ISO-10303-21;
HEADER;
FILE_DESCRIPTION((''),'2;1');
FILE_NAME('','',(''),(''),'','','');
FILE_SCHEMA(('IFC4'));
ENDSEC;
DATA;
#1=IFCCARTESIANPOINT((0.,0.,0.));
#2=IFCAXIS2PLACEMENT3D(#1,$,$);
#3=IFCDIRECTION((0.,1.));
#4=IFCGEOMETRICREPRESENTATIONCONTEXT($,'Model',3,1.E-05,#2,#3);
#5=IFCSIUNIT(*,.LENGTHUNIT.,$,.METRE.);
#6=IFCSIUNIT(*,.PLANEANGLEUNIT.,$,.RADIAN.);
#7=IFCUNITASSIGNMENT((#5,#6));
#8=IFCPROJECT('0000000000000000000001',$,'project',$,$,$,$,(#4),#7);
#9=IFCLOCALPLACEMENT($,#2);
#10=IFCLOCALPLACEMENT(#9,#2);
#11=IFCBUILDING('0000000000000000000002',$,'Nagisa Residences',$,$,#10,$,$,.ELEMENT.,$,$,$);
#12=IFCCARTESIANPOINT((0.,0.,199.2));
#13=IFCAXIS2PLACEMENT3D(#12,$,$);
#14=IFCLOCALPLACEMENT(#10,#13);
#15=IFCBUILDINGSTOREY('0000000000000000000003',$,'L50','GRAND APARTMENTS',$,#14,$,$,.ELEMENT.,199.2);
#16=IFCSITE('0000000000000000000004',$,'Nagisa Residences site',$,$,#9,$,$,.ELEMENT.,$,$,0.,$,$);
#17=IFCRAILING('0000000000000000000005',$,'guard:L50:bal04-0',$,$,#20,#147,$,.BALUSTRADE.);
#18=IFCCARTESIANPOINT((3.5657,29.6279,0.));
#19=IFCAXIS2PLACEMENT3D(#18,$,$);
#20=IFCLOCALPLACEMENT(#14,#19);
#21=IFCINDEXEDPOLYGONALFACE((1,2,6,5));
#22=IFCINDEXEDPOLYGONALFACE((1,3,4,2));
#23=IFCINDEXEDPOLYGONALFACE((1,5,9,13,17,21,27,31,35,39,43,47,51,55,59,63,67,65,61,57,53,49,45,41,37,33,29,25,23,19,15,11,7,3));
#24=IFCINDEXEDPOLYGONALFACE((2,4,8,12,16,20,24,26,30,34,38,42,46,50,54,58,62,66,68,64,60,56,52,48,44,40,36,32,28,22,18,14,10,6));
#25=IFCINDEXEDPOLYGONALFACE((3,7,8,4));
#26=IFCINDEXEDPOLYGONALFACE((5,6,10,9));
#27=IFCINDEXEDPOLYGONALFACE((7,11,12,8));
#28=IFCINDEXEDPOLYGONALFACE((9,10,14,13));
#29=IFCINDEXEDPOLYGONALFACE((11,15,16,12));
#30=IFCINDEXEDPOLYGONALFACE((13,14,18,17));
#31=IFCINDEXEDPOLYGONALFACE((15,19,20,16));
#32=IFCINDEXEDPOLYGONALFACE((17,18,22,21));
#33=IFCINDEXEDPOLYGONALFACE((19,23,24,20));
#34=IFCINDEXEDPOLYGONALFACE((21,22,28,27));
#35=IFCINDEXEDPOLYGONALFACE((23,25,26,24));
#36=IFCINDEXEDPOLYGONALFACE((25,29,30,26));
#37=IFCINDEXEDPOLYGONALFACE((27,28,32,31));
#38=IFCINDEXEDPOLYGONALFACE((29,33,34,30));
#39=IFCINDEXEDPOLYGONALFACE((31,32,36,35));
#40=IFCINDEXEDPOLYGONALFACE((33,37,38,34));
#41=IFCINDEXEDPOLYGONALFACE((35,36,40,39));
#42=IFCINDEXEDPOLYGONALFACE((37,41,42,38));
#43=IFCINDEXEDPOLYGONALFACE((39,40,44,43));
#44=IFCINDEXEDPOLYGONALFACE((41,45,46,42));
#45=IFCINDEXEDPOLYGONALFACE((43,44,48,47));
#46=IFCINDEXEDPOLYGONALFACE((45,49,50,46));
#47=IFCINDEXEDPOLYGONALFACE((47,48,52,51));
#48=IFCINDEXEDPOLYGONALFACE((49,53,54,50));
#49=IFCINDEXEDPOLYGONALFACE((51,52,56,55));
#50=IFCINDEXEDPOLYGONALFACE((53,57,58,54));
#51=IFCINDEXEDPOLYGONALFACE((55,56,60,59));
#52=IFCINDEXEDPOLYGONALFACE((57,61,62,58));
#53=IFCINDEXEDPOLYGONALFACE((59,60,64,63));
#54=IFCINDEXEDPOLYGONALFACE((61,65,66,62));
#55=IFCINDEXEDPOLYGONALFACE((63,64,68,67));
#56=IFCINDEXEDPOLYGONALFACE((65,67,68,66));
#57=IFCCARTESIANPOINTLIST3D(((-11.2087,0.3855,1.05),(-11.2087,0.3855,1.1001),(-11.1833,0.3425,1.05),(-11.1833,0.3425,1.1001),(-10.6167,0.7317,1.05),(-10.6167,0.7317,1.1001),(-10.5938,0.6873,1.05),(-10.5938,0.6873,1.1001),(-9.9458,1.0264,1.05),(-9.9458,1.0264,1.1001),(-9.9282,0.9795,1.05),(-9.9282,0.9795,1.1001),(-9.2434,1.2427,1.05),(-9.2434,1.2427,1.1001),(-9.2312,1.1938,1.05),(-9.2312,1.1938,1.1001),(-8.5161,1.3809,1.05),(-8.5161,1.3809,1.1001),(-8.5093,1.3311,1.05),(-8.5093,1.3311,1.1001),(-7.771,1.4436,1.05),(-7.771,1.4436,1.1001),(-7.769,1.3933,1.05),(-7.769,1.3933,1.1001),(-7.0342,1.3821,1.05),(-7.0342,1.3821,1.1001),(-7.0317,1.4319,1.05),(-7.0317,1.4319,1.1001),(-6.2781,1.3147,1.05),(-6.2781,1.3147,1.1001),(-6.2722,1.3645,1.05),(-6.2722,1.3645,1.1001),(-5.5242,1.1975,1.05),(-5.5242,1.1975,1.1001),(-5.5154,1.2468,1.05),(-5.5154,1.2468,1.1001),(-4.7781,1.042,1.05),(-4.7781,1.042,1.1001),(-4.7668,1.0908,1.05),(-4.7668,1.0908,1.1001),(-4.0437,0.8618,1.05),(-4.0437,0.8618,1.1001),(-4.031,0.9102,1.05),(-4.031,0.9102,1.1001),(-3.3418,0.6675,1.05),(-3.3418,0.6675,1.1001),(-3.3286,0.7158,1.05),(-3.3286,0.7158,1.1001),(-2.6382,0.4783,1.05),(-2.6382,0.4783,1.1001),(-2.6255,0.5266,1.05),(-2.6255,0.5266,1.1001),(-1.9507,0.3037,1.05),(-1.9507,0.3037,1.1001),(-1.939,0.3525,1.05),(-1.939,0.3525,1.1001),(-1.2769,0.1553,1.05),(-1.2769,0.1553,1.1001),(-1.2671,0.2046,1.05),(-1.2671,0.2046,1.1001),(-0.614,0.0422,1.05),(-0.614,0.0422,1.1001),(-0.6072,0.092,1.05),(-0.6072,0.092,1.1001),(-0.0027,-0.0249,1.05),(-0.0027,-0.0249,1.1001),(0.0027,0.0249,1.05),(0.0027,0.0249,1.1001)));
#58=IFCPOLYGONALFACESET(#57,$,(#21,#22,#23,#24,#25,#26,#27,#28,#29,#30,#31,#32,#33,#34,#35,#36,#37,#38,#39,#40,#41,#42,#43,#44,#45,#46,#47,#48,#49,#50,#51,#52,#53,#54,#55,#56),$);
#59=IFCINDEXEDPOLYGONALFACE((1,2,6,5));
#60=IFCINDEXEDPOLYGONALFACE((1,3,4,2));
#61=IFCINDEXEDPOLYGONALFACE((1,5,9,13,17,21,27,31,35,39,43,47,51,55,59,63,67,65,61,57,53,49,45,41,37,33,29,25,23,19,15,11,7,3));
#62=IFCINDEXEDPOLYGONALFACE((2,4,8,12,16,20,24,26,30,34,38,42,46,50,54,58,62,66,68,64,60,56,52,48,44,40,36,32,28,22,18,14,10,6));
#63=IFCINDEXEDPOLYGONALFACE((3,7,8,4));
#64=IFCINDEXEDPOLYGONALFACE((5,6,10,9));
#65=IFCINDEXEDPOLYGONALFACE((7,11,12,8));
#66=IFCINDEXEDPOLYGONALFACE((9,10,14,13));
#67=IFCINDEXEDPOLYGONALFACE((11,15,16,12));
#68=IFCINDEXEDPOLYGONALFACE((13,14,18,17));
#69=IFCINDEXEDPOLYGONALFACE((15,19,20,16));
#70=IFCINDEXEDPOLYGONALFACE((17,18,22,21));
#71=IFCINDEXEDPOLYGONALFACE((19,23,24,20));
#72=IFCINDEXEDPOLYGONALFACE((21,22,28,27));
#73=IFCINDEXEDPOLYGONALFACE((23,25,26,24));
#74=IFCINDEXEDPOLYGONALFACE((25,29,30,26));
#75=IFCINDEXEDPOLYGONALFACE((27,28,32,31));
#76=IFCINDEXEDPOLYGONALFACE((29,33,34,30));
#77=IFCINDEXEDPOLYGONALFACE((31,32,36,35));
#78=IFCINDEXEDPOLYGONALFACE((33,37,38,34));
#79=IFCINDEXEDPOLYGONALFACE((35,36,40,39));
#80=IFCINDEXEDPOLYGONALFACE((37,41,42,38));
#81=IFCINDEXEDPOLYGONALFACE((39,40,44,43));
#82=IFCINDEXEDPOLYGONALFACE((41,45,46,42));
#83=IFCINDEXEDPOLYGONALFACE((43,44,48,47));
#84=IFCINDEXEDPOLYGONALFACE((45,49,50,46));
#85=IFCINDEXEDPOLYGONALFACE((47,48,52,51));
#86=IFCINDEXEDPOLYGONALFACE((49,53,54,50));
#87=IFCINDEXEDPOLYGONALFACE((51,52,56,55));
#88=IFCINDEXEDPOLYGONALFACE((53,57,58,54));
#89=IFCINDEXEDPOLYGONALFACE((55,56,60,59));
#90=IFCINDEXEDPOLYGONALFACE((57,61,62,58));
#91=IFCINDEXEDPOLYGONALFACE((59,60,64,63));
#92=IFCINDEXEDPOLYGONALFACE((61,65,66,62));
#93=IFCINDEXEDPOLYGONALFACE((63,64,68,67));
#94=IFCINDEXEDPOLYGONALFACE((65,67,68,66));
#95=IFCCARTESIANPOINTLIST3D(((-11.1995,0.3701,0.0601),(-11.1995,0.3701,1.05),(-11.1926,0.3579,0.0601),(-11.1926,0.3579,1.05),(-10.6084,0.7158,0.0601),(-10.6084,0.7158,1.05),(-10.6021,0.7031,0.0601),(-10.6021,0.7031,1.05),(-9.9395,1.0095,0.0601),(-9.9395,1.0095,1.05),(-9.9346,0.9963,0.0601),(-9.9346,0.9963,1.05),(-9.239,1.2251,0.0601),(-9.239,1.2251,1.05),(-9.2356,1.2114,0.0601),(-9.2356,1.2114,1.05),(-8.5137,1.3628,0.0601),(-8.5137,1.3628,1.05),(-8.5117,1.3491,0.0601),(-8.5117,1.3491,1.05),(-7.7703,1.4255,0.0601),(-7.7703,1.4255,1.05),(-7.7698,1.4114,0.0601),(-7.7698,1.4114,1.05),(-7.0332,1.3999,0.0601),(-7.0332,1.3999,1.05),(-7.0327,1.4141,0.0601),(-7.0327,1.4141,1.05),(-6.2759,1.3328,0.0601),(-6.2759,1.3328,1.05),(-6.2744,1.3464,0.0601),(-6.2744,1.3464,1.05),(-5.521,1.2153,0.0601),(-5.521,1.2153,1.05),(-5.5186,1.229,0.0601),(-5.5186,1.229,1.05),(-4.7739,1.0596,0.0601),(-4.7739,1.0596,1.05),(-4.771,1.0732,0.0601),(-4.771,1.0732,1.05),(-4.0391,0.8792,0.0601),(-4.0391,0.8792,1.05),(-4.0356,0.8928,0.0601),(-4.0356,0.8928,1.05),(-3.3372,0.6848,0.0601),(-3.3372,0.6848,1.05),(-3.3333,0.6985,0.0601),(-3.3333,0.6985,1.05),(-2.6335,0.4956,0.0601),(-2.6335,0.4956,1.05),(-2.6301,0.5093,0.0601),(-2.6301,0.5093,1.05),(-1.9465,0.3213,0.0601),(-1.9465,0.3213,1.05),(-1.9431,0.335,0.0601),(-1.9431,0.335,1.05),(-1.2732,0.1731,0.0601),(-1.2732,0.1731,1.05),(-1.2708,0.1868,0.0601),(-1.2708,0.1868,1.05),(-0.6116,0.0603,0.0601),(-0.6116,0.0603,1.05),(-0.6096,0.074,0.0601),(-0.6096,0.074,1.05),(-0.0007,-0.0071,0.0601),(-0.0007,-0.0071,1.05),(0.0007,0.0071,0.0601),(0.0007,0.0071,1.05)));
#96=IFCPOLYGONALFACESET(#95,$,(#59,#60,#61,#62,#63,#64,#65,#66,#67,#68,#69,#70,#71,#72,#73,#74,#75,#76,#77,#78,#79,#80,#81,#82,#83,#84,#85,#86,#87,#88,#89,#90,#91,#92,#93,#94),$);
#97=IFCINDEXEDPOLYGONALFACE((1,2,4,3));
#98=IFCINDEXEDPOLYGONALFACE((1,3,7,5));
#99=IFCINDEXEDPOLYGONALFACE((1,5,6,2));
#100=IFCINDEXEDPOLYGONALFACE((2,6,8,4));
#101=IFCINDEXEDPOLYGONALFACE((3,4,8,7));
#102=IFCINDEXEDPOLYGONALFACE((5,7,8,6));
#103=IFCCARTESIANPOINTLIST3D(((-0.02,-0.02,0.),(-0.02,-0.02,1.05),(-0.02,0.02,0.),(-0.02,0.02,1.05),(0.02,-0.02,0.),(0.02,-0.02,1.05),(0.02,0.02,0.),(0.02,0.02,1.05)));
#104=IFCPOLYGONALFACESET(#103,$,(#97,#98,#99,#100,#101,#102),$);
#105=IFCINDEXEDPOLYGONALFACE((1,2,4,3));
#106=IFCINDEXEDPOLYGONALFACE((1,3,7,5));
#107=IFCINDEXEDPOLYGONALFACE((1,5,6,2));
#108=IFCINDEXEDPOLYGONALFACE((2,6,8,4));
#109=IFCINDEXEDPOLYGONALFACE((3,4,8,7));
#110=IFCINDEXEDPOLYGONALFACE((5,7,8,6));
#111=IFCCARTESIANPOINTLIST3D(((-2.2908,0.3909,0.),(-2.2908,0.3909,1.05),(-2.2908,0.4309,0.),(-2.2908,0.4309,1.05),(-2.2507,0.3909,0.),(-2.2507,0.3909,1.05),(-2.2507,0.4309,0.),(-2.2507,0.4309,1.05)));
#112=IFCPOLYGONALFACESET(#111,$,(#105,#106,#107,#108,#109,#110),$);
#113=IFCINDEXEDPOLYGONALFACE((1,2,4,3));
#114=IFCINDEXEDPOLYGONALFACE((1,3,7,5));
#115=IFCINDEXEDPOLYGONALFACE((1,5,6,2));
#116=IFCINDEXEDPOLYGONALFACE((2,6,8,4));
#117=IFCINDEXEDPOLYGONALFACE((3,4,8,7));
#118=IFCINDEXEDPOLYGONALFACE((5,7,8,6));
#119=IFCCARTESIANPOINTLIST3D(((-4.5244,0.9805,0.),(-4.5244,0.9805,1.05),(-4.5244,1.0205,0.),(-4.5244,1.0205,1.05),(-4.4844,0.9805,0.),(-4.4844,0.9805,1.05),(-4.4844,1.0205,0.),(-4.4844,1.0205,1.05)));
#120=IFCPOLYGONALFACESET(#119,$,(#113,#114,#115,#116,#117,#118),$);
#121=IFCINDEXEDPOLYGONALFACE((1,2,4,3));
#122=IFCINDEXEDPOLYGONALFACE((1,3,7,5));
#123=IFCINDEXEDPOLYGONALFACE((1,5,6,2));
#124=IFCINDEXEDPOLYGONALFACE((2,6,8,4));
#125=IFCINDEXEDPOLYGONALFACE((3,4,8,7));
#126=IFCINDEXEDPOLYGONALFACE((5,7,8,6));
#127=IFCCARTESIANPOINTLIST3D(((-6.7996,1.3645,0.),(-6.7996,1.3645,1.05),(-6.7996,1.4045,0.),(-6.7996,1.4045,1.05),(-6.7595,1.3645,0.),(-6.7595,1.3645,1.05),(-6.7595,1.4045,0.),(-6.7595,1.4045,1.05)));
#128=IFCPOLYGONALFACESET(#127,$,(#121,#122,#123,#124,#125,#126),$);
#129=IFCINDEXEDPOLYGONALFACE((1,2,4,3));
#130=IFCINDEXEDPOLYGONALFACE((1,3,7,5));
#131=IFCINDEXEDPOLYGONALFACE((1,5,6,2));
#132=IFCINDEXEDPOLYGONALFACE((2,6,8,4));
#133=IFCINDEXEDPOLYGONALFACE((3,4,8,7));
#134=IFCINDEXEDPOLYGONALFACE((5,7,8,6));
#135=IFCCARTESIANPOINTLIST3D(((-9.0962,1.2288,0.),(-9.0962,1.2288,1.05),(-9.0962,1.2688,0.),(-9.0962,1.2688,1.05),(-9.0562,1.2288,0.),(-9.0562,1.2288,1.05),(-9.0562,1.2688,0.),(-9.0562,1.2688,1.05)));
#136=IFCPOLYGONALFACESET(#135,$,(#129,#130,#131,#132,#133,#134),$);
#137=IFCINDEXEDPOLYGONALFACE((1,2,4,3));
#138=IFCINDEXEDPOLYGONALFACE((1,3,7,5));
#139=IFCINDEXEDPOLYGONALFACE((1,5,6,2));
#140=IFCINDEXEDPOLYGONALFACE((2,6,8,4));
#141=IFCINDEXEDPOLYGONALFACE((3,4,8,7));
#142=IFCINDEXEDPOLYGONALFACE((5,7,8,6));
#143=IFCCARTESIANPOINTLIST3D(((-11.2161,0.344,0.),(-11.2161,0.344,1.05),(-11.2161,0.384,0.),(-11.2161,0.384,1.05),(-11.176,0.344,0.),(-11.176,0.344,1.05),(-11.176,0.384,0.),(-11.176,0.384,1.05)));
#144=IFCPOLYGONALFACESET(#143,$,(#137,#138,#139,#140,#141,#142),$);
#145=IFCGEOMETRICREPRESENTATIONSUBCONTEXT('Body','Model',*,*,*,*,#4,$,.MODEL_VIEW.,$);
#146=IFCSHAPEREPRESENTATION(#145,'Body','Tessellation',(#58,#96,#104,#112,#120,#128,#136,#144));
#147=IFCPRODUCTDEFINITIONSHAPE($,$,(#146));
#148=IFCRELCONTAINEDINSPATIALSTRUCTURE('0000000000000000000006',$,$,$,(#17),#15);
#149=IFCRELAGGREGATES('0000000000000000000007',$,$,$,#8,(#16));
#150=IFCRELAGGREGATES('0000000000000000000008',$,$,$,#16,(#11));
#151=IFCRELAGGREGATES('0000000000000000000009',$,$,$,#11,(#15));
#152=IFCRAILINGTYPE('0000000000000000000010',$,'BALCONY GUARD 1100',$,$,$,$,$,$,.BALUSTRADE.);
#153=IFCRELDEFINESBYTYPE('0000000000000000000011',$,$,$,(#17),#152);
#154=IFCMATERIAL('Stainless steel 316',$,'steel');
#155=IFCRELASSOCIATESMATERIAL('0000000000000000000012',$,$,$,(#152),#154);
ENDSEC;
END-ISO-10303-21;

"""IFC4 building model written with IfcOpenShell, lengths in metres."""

from ifc_helpers import new_model, si_unit, direction, frame, origin, origin_2d, place, context, subcontext, project, spatial, polyline, rectangle, outline, extrude, material, type_object, element, save


model = new_model("IFC4")

# Units and contexts
model_context = context("Model", 3, precision=1e-05, world=origin(), true_north=direction((0.0, 1.0)))
body_context = subcontext(model_context, "Body", "Model", "MODEL_VIEW")
ifc_project = project(units=[si_unit("LENGTHUNIT", "METRE"), si_unit("PLANEANGLEUNIT", "RADIAN")], contexts=[model_context])

# Site, building, storey
site_placement = place(None, origin())
site = spatial("IfcSite", under=ifc_project, at=site_placement, Name="Nagisa Residences site", CompositionType="ELEMENT", RefElevation=0.0)
building_placement = place(site_placement, origin())
building = spatial("IfcBuilding", under=site, at=building_placement, Name="Nagisa Residences", CompositionType="ELEMENT")
storey_placement = place(building_placement, frame((0.0, 0.0, 199.2)))
storey = spatial("IfcBuildingStorey", under=building, at=storey_placement, Name="L50", Description="GRAND APARTMENTS", CompositionType="ELEMENT", Elevation=199.2)

# Railing
ifc_material_1 = material(Name="Stainless steel 316", Category="steel")
railing_type = type_object("IfcRailingType", Name="BALCONY GUARD 1100", PredefinedType="BALUSTRADE", material=ifc_material_1)
railing_placement = place(storey_placement, frame((3.5657, 29.6279, 0.0)))
element("IfcRailing", 1, at=railing_placement, inside=storey, type_object=railing_type, Name="guard:L50:bal04-0", PredefinedType="BALUSTRADE", context=body_context, shape_type="SweptSolid", body=[
    extrude(outline(polyline([(-0.614, 0.0422), (-0.0027, -0.0249), (0.0027, 0.0249), (-0.6072, 0.092), (-1.2671, 0.2046), (-1.939, 0.3525), (-2.6255, 0.5266), (-3.3286, 0.7158), (-4.031, 0.9102), (-4.7668, 1.0908), (-5.5154, 1.2468), (-6.2722, 1.3645), (-7.0317, 1.4319), (-7.771, 1.4436), (-8.5161, 1.3809), (-9.2434, 1.2427), (-9.9458, 1.0264), (-10.6167, 0.7317), (-11.2087, 0.3855), (-11.1833, 0.3425), (-10.5938, 0.6873), (-9.9282, 0.9795), (-9.2312, 1.1938), (-8.5093, 1.3311), (-7.769, 1.3933), (-7.0342, 1.3821), (-6.2781, 1.3147), (-5.5242, 1.1975), (-4.7781, 1.042), (-4.0437, 0.8618), (-3.3418, 0.6675), (-2.6382, 0.4783), (-1.9507, 0.3037), (-1.2769, 0.1553), (-0.614, 0.0422)])), frame((0.0, 0.0, 1.05)), (0.0, 0.0, 1.0), 0.05),
    extrude(outline(polyline([(-0.6116, 0.0603), (-0.0007, -0.0071), (0.0007, 0.0071), (-0.6096, 0.074), (-1.2708, 0.1868), (-1.9431, 0.335), (-2.6301, 0.5093), (-3.3333, 0.6985), (-4.0356, 0.8928), (-4.771, 1.0732), (-5.5186, 1.229), (-6.2744, 1.3464), (-7.0327, 1.4141), (-7.7703, 1.4255), (-8.5137, 1.3628), (-9.239, 1.2251), (-9.9395, 1.0095), (-10.6084, 0.7158), (-11.1995, 0.3701), (-11.1926, 0.3579), (-10.6021, 0.7031), (-9.9346, 0.9963), (-9.2356, 1.2114), (-8.5117, 1.3491), (-7.7698, 1.4114), (-7.0332, 1.3999), (-6.2759, 1.3328), (-5.521, 1.2153), (-4.7739, 1.0596), (-4.0391, 0.8792), (-3.3372, 0.6848), (-2.6335, 0.4956), (-1.9465, 0.3213), (-1.2732, 0.1731), (-0.6116, 0.0603)])), frame((0.0, 0.0, 0.0601)), (0.0, 0.0, 1.0), 0.99),
    extrude(rectangle(XDim=0.04, YDim=0.04, at=origin_2d()), origin(), (0.0, 0.0, 1.0), 1.05),
    extrude(rectangle(XDim=0.04, YDim=0.04, at=origin_2d()), frame((-2.2708, 0.4109, 0.0)), (0.0, 0.0, 1.0), 1.05),
    extrude(rectangle(XDim=0.04, YDim=0.04, at=origin_2d()), frame((-4.5044, 1.0005, 0.0)), (0.0, 0.0, 1.0), 1.05),
    extrude(rectangle(XDim=0.04, YDim=0.04, at=origin_2d()), frame((-6.7795, 1.3845, 0.0)), (0.0, 0.0, 1.0), 1.05),
    extrude(rectangle(XDim=0.04, YDim=0.04, at=origin_2d()), frame((-9.0762, 1.2488, 0.0)), (0.0, 0.0, 1.0), 1.05),
    extrude(rectangle(XDim=0.04, YDim=0.04, at=origin_2d()), frame((-11.196, 0.364, 0.0)), (0.0, 0.0, 1.0), 1.05),
])

save(model, "model.ifc")
